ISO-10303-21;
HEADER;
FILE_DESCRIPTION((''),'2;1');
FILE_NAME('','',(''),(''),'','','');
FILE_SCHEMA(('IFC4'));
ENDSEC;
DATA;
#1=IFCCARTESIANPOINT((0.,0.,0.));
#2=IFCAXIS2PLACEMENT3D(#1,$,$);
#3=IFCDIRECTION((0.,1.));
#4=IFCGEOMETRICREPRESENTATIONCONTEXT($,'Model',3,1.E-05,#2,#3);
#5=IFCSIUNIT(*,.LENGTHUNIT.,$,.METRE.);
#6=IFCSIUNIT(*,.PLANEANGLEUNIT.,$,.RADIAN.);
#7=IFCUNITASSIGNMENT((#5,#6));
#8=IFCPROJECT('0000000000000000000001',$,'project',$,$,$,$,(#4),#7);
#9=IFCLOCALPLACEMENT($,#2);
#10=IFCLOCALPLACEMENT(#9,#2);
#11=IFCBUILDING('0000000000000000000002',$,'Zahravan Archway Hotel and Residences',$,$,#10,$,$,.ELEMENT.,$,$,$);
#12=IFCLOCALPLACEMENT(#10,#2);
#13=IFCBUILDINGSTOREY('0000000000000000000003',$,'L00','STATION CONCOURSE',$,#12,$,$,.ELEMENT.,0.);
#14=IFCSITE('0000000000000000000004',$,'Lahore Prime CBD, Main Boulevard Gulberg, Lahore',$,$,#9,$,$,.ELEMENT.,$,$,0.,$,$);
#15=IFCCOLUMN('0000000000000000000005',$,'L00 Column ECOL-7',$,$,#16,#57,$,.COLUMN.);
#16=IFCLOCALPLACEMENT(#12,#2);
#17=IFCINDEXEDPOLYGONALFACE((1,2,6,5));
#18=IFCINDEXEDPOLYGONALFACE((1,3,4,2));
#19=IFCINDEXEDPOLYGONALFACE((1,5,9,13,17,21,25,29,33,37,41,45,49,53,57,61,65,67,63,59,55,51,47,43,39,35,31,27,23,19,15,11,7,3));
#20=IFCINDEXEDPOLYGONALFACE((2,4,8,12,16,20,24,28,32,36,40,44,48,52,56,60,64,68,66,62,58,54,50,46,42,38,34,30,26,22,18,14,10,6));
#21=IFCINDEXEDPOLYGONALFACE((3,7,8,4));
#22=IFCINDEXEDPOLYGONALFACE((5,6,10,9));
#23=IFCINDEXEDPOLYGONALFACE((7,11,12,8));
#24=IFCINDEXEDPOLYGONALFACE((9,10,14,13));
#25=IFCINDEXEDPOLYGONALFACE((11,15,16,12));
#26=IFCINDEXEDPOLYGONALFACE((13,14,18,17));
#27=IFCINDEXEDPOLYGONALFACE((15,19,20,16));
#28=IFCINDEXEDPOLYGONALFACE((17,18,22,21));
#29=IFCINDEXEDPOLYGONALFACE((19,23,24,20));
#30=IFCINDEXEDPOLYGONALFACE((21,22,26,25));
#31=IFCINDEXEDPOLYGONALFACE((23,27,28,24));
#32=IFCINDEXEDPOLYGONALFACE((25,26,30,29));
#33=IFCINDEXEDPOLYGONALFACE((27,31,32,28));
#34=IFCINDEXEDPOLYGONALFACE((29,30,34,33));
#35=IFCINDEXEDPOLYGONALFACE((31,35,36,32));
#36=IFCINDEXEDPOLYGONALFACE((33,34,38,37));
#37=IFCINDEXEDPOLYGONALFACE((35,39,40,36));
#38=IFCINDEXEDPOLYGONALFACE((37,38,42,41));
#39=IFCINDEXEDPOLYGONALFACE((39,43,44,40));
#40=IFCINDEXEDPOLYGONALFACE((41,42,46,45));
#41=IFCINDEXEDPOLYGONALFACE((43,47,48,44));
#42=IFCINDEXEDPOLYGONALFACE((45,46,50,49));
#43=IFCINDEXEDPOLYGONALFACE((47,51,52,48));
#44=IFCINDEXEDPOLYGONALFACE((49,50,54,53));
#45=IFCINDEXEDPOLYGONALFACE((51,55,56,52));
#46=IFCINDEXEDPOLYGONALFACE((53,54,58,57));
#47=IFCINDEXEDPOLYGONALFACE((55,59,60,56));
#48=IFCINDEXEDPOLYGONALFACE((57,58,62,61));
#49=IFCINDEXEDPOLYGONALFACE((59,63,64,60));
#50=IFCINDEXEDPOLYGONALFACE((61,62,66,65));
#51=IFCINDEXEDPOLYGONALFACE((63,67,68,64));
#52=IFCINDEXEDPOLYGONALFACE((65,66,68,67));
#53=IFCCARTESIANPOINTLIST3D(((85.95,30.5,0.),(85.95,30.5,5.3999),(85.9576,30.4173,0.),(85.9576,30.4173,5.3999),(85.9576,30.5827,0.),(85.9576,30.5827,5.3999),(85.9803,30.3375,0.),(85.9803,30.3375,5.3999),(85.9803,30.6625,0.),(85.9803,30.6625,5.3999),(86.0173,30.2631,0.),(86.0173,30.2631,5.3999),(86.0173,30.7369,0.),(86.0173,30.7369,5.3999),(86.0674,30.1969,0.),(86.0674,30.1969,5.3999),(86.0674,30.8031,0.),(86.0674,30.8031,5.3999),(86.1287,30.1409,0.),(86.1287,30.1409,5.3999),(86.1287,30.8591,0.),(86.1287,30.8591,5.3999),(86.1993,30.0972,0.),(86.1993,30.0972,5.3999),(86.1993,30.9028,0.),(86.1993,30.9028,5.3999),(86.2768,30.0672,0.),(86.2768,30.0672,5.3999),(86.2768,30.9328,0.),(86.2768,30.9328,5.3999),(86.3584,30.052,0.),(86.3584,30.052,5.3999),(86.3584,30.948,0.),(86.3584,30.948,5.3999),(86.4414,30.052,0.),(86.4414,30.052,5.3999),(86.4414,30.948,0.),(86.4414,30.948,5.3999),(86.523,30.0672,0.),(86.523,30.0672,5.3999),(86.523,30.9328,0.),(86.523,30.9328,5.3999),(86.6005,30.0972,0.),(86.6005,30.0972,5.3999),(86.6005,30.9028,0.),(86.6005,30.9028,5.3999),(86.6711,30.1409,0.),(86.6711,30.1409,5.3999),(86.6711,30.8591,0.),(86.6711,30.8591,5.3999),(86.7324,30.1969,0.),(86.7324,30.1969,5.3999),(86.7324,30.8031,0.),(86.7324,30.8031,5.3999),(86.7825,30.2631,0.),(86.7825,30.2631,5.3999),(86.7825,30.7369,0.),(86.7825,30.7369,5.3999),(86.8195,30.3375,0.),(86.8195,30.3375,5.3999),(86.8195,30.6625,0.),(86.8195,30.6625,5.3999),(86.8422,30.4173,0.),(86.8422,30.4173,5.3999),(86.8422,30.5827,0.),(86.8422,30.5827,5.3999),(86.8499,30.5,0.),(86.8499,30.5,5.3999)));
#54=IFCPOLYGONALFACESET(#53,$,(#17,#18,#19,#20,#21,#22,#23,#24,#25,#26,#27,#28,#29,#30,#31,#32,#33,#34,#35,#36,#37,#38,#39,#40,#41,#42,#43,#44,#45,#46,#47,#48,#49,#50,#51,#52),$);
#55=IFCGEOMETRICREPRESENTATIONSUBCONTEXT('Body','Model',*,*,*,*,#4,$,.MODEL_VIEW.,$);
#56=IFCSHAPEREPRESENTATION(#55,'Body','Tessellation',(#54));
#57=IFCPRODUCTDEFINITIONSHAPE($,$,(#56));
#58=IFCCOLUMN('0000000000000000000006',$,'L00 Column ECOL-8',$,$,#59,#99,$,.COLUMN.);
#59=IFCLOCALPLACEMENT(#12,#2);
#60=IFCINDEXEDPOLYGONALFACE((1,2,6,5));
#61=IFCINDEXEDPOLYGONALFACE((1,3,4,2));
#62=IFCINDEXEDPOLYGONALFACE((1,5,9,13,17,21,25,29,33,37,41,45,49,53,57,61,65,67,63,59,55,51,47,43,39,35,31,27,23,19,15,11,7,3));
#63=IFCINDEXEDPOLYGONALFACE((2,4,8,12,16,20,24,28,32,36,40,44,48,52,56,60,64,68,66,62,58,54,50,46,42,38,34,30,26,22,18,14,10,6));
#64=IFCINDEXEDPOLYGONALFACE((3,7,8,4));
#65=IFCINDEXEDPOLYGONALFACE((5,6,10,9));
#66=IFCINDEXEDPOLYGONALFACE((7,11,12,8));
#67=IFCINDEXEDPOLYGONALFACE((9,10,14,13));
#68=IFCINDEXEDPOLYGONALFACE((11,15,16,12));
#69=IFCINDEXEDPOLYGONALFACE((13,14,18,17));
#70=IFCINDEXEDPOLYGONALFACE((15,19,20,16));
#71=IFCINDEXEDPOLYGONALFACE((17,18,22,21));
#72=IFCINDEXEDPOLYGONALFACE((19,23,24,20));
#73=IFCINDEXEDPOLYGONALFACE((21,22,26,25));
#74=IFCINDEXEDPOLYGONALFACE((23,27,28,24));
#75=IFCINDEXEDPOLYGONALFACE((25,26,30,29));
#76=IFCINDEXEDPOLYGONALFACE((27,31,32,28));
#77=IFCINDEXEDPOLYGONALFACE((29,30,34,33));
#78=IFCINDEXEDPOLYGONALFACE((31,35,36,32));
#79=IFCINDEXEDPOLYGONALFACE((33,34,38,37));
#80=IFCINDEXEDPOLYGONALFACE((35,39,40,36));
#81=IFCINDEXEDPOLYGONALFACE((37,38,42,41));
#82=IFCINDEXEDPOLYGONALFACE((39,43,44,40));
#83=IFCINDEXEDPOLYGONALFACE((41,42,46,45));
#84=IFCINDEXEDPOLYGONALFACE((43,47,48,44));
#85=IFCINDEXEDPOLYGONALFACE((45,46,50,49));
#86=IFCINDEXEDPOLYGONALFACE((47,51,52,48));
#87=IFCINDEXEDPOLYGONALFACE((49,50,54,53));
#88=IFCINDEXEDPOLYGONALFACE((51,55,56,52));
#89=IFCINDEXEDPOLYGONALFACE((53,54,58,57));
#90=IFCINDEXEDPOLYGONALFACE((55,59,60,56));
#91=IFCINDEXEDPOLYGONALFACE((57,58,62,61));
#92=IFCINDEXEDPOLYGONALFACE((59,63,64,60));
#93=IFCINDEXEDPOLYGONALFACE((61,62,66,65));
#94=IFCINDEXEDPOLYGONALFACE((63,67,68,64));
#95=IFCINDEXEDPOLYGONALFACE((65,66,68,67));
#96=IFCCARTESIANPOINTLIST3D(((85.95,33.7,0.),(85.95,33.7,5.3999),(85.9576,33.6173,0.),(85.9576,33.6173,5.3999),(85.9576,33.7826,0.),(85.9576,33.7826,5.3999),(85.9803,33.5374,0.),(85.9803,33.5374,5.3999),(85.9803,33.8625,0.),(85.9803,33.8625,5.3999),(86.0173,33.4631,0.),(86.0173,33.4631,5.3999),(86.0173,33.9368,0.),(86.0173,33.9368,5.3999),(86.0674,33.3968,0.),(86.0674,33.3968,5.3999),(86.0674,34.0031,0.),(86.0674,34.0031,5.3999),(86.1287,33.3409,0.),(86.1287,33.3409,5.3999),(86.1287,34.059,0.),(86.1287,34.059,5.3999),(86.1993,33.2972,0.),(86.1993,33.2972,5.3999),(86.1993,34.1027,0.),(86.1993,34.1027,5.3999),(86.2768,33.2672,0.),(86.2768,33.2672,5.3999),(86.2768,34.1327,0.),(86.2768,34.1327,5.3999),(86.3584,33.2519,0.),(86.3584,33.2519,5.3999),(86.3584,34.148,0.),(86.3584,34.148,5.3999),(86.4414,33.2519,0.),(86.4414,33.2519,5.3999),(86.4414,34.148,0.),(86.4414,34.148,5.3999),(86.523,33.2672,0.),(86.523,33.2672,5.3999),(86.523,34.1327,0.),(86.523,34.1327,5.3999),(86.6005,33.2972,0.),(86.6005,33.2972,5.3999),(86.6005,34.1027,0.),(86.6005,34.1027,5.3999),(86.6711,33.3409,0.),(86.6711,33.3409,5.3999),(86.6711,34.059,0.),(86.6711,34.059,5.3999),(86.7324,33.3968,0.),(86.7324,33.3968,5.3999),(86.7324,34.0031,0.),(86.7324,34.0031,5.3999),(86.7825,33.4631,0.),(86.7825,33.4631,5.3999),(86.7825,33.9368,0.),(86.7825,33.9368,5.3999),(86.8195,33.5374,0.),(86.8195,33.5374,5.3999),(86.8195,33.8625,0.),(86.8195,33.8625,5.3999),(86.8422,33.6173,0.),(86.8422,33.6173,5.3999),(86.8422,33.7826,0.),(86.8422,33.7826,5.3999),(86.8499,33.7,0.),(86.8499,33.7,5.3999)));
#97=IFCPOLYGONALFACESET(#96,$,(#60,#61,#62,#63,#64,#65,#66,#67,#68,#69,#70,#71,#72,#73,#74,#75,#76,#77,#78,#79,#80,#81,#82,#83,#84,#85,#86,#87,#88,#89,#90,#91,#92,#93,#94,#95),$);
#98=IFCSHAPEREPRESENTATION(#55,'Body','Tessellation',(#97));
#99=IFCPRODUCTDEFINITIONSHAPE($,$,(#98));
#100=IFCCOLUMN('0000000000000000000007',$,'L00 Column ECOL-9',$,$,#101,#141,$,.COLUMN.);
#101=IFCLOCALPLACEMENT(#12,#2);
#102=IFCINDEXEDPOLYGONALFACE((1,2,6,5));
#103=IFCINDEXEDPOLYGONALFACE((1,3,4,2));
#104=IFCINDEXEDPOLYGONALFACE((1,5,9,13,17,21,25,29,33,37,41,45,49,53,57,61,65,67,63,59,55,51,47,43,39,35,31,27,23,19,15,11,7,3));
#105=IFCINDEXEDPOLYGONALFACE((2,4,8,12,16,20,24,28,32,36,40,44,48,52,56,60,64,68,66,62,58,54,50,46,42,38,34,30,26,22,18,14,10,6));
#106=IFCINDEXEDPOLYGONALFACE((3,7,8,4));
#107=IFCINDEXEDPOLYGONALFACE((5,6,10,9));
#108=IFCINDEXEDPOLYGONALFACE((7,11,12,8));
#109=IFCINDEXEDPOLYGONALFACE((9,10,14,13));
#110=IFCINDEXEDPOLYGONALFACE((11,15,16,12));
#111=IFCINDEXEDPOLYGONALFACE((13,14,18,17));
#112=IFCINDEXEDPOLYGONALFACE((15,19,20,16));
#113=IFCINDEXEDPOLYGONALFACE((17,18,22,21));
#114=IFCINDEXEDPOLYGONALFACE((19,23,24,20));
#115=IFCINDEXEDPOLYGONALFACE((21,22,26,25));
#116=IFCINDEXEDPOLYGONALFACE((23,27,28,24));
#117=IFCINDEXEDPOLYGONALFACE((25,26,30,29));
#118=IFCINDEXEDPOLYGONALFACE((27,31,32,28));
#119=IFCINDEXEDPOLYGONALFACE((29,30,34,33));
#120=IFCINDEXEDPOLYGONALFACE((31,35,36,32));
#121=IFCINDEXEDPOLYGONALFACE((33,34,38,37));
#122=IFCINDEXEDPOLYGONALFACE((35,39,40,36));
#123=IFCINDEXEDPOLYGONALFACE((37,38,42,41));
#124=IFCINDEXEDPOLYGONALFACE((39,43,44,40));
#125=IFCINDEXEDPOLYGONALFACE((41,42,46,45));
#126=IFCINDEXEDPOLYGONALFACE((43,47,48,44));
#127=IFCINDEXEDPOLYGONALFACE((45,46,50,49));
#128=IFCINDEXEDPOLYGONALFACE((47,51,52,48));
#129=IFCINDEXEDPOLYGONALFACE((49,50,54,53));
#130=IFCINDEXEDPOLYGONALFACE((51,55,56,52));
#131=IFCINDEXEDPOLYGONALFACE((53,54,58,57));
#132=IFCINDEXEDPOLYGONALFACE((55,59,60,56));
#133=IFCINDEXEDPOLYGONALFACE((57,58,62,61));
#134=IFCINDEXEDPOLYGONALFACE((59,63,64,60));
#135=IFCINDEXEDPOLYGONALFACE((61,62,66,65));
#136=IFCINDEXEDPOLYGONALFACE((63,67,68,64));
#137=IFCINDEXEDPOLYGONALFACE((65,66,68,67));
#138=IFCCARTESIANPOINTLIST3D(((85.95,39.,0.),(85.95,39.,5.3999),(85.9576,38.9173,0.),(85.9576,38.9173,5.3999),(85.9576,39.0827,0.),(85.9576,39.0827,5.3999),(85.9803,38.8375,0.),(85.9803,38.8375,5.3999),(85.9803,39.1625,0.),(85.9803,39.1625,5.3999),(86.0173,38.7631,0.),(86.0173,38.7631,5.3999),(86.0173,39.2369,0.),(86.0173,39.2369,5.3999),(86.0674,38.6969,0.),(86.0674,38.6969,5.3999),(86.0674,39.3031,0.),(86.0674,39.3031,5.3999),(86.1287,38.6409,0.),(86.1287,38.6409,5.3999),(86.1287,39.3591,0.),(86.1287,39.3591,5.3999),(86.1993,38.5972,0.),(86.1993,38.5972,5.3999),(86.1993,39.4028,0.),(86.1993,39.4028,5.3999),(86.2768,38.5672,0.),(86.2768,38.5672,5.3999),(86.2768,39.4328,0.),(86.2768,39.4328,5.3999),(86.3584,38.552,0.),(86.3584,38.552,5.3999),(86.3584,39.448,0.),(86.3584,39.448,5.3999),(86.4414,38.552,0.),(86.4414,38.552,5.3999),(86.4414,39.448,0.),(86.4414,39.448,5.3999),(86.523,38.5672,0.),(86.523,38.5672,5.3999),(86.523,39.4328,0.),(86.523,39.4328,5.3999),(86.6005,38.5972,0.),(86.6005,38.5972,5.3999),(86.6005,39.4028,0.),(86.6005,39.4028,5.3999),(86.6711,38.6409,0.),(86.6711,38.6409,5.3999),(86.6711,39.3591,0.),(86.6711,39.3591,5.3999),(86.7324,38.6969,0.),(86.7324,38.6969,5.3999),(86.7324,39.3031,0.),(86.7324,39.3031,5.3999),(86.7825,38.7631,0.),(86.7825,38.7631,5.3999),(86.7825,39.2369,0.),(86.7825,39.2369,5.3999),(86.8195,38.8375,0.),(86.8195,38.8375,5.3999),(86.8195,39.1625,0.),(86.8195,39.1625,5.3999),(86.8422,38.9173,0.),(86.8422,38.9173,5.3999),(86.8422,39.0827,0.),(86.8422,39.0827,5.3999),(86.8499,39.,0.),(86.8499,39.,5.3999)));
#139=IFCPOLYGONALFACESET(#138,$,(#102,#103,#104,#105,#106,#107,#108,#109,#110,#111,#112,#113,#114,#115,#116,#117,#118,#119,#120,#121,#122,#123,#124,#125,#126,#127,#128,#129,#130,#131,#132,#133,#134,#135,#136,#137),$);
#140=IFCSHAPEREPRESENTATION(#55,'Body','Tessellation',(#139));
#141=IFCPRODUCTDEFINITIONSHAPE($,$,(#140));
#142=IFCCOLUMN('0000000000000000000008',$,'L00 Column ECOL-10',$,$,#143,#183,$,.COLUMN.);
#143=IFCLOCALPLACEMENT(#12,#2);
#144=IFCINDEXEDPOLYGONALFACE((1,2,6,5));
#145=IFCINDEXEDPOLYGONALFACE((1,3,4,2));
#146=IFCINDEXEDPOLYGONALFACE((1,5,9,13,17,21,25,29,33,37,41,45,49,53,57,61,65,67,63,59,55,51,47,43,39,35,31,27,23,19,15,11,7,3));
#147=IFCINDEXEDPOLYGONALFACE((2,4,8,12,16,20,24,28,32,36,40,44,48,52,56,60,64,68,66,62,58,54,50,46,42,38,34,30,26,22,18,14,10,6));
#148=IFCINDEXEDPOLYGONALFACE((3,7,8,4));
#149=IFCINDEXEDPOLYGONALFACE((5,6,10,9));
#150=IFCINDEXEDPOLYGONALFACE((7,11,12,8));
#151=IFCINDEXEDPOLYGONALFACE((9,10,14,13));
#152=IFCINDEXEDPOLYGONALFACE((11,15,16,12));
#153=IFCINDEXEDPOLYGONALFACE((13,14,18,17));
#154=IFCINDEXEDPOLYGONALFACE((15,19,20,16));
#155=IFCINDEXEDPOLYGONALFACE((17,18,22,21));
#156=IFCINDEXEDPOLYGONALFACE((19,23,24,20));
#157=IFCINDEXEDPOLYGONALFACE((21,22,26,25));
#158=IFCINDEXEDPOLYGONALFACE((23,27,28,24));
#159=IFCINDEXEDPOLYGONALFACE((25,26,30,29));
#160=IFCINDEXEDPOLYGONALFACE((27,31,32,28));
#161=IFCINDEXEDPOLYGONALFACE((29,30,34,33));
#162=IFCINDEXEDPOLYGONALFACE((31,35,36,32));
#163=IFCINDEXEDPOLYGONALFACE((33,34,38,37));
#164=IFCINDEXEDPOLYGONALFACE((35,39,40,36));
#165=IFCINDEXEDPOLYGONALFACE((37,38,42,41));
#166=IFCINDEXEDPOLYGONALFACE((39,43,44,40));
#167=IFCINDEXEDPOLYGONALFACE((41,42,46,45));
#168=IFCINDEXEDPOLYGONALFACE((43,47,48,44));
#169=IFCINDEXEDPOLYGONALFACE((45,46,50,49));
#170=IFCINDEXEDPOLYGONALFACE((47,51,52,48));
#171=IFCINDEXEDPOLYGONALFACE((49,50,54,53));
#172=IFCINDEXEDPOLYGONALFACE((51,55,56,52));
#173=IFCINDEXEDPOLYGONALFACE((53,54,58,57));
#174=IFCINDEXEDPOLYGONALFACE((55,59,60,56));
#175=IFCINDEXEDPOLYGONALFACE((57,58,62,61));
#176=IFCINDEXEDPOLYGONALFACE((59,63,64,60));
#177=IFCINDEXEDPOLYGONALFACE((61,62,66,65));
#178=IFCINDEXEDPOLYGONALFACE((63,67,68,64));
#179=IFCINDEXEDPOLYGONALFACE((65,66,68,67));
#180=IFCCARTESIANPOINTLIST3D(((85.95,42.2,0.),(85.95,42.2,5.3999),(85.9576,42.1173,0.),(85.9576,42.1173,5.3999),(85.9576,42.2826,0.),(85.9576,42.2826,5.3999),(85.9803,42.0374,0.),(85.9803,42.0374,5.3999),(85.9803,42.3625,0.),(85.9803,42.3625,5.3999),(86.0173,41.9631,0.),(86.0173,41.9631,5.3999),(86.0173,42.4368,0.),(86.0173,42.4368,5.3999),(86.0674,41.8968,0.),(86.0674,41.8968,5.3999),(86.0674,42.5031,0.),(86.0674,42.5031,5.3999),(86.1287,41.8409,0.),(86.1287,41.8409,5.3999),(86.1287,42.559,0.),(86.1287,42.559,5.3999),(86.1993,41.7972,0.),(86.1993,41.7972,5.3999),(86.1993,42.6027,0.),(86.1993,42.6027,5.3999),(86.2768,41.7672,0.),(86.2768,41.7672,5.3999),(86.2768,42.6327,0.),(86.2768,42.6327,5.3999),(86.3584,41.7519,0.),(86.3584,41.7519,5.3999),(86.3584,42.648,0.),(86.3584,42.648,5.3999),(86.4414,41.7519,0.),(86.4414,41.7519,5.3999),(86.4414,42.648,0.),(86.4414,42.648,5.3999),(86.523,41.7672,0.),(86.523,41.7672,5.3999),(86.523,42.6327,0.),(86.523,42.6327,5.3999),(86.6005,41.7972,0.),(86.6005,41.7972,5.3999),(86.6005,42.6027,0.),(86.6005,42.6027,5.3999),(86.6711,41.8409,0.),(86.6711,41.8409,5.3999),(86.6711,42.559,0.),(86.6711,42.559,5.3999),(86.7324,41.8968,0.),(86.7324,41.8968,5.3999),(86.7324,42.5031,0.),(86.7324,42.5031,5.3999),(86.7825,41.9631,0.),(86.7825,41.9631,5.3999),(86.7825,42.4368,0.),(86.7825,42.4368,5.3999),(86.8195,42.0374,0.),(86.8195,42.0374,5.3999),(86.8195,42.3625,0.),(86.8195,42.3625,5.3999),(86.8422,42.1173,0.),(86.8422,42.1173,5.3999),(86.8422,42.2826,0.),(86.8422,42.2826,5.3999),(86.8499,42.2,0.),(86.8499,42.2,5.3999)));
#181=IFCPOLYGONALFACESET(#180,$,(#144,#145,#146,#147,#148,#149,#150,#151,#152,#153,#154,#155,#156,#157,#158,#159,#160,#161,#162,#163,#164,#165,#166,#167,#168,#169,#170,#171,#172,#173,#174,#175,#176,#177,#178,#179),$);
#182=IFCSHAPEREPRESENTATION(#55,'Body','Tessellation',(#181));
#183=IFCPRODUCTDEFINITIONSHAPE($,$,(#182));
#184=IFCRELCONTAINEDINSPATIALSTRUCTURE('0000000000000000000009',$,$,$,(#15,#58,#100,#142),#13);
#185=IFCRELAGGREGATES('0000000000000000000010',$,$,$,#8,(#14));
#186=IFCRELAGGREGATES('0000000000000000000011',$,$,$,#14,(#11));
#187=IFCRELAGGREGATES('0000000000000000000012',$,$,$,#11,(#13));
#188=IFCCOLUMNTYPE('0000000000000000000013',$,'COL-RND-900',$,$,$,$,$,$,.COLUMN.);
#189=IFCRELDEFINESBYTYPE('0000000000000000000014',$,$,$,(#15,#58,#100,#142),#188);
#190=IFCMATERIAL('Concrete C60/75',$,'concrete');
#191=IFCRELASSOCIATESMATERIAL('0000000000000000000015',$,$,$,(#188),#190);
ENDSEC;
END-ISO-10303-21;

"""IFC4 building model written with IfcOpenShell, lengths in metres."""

from ifc_helpers import new_model, si_unit, direction, frame, origin, origin_2d, place, context, subcontext, project, spatial, circle, extrude, source, transform, mapped, material, material_profile, profile_set, type_object, type_shapes, element, save


model = new_model("IFC4")

# Units and contexts
model_context = context("Model", 3, precision=1e-05, world=origin(), true_north=direction((0.0, 1.0)))
body_context = subcontext(model_context, "Body", "Model", "MODEL_VIEW")
ifc_project = project(units=[si_unit("LENGTHUNIT", "METRE"), si_unit("PLANEANGLEUNIT", "RADIAN")], contexts=[model_context])

# Site, building, storey
site_placement = place(None, origin())
site = spatial("IfcSite", under=ifc_project, at=site_placement, Name="Lahore Prime CBD, Main Boulevard Gulberg, Lahore", CompositionType="ELEMENT", RefElevation=0.0)
building_placement = place(site_placement, origin())
building = spatial("IfcBuilding", under=site, at=building_placement, Name="Zahravan Archway Hotel and Residences", CompositionType="ELEMENT")
storey_placement = place(building_placement, origin())
storey = spatial("IfcBuildingStorey", under=building, at=storey_placement, Name="L00", Description="STATION CONCOURSE", CompositionType="ELEMENT", Elevation=0.0)

# Columns
ifc_material_1 = material(Name="Concrete C60/75", Category="concrete")
ifc_material_profile_1 = material_profile(ifc_material_1, circle(Radius=0.45, at=origin_2d()), Name="RC-CIRC-900", Category="concrete")
ifc_profile_set_1 = profile_set([ifc_material_profile_1], Name="Concrete C60/75")
column_type_1 = type_object("IfcColumnType", Name="COL-RND-900", PredefinedType="COLUMN", material=ifc_profile_set_1)
shared_shape_1 = source(origin(), body_context, "Body", "SweptSolid", [
    extrude(circle(Radius=0.45, at=origin_2d()), origin(), (0.0, 0.0, 1.0), 5.3999),
])
type_shapes(column_type_1, [shared_shape_1])
for number, where, z_axis, x_axis, name in (
    (1, (86.3999, 30.5, 0.0), (0.0, 0.0, 1.0), (1.0, 0.0, 0.0), "L00 Column ECOL-7"),
    (2, (86.3999, 33.7, 0.0), (0.0, 0.0, 1.0), (1.0, 0.0, 0.0), "L00 Column ECOL-8"),
    (3, (86.3999, 39.0, 0.0), (0.0, 0.0, 1.0), (1.0, 0.0, 0.0), "L00 Column ECOL-9"),
    (4, (86.3999, 42.2, 0.0), (0.0, 0.0, 1.0), (1.0, 0.0, 0.0), "L00 Column ECOL-10"),
):
    element("IfcColumn", number, at=place(storey_placement, frame(where, z_axis=z_axis, x_axis=x_axis)), inside=storey, type_object=column_type_1, Name=name, PredefinedType="COLUMN", context=body_context, shape_type="MappedRepresentation", body=[
        mapped(shared_shape_1, transform((0.0, 0.0, 0.0), scale=1.0)),
    ])

save(model, "model.ifc")
